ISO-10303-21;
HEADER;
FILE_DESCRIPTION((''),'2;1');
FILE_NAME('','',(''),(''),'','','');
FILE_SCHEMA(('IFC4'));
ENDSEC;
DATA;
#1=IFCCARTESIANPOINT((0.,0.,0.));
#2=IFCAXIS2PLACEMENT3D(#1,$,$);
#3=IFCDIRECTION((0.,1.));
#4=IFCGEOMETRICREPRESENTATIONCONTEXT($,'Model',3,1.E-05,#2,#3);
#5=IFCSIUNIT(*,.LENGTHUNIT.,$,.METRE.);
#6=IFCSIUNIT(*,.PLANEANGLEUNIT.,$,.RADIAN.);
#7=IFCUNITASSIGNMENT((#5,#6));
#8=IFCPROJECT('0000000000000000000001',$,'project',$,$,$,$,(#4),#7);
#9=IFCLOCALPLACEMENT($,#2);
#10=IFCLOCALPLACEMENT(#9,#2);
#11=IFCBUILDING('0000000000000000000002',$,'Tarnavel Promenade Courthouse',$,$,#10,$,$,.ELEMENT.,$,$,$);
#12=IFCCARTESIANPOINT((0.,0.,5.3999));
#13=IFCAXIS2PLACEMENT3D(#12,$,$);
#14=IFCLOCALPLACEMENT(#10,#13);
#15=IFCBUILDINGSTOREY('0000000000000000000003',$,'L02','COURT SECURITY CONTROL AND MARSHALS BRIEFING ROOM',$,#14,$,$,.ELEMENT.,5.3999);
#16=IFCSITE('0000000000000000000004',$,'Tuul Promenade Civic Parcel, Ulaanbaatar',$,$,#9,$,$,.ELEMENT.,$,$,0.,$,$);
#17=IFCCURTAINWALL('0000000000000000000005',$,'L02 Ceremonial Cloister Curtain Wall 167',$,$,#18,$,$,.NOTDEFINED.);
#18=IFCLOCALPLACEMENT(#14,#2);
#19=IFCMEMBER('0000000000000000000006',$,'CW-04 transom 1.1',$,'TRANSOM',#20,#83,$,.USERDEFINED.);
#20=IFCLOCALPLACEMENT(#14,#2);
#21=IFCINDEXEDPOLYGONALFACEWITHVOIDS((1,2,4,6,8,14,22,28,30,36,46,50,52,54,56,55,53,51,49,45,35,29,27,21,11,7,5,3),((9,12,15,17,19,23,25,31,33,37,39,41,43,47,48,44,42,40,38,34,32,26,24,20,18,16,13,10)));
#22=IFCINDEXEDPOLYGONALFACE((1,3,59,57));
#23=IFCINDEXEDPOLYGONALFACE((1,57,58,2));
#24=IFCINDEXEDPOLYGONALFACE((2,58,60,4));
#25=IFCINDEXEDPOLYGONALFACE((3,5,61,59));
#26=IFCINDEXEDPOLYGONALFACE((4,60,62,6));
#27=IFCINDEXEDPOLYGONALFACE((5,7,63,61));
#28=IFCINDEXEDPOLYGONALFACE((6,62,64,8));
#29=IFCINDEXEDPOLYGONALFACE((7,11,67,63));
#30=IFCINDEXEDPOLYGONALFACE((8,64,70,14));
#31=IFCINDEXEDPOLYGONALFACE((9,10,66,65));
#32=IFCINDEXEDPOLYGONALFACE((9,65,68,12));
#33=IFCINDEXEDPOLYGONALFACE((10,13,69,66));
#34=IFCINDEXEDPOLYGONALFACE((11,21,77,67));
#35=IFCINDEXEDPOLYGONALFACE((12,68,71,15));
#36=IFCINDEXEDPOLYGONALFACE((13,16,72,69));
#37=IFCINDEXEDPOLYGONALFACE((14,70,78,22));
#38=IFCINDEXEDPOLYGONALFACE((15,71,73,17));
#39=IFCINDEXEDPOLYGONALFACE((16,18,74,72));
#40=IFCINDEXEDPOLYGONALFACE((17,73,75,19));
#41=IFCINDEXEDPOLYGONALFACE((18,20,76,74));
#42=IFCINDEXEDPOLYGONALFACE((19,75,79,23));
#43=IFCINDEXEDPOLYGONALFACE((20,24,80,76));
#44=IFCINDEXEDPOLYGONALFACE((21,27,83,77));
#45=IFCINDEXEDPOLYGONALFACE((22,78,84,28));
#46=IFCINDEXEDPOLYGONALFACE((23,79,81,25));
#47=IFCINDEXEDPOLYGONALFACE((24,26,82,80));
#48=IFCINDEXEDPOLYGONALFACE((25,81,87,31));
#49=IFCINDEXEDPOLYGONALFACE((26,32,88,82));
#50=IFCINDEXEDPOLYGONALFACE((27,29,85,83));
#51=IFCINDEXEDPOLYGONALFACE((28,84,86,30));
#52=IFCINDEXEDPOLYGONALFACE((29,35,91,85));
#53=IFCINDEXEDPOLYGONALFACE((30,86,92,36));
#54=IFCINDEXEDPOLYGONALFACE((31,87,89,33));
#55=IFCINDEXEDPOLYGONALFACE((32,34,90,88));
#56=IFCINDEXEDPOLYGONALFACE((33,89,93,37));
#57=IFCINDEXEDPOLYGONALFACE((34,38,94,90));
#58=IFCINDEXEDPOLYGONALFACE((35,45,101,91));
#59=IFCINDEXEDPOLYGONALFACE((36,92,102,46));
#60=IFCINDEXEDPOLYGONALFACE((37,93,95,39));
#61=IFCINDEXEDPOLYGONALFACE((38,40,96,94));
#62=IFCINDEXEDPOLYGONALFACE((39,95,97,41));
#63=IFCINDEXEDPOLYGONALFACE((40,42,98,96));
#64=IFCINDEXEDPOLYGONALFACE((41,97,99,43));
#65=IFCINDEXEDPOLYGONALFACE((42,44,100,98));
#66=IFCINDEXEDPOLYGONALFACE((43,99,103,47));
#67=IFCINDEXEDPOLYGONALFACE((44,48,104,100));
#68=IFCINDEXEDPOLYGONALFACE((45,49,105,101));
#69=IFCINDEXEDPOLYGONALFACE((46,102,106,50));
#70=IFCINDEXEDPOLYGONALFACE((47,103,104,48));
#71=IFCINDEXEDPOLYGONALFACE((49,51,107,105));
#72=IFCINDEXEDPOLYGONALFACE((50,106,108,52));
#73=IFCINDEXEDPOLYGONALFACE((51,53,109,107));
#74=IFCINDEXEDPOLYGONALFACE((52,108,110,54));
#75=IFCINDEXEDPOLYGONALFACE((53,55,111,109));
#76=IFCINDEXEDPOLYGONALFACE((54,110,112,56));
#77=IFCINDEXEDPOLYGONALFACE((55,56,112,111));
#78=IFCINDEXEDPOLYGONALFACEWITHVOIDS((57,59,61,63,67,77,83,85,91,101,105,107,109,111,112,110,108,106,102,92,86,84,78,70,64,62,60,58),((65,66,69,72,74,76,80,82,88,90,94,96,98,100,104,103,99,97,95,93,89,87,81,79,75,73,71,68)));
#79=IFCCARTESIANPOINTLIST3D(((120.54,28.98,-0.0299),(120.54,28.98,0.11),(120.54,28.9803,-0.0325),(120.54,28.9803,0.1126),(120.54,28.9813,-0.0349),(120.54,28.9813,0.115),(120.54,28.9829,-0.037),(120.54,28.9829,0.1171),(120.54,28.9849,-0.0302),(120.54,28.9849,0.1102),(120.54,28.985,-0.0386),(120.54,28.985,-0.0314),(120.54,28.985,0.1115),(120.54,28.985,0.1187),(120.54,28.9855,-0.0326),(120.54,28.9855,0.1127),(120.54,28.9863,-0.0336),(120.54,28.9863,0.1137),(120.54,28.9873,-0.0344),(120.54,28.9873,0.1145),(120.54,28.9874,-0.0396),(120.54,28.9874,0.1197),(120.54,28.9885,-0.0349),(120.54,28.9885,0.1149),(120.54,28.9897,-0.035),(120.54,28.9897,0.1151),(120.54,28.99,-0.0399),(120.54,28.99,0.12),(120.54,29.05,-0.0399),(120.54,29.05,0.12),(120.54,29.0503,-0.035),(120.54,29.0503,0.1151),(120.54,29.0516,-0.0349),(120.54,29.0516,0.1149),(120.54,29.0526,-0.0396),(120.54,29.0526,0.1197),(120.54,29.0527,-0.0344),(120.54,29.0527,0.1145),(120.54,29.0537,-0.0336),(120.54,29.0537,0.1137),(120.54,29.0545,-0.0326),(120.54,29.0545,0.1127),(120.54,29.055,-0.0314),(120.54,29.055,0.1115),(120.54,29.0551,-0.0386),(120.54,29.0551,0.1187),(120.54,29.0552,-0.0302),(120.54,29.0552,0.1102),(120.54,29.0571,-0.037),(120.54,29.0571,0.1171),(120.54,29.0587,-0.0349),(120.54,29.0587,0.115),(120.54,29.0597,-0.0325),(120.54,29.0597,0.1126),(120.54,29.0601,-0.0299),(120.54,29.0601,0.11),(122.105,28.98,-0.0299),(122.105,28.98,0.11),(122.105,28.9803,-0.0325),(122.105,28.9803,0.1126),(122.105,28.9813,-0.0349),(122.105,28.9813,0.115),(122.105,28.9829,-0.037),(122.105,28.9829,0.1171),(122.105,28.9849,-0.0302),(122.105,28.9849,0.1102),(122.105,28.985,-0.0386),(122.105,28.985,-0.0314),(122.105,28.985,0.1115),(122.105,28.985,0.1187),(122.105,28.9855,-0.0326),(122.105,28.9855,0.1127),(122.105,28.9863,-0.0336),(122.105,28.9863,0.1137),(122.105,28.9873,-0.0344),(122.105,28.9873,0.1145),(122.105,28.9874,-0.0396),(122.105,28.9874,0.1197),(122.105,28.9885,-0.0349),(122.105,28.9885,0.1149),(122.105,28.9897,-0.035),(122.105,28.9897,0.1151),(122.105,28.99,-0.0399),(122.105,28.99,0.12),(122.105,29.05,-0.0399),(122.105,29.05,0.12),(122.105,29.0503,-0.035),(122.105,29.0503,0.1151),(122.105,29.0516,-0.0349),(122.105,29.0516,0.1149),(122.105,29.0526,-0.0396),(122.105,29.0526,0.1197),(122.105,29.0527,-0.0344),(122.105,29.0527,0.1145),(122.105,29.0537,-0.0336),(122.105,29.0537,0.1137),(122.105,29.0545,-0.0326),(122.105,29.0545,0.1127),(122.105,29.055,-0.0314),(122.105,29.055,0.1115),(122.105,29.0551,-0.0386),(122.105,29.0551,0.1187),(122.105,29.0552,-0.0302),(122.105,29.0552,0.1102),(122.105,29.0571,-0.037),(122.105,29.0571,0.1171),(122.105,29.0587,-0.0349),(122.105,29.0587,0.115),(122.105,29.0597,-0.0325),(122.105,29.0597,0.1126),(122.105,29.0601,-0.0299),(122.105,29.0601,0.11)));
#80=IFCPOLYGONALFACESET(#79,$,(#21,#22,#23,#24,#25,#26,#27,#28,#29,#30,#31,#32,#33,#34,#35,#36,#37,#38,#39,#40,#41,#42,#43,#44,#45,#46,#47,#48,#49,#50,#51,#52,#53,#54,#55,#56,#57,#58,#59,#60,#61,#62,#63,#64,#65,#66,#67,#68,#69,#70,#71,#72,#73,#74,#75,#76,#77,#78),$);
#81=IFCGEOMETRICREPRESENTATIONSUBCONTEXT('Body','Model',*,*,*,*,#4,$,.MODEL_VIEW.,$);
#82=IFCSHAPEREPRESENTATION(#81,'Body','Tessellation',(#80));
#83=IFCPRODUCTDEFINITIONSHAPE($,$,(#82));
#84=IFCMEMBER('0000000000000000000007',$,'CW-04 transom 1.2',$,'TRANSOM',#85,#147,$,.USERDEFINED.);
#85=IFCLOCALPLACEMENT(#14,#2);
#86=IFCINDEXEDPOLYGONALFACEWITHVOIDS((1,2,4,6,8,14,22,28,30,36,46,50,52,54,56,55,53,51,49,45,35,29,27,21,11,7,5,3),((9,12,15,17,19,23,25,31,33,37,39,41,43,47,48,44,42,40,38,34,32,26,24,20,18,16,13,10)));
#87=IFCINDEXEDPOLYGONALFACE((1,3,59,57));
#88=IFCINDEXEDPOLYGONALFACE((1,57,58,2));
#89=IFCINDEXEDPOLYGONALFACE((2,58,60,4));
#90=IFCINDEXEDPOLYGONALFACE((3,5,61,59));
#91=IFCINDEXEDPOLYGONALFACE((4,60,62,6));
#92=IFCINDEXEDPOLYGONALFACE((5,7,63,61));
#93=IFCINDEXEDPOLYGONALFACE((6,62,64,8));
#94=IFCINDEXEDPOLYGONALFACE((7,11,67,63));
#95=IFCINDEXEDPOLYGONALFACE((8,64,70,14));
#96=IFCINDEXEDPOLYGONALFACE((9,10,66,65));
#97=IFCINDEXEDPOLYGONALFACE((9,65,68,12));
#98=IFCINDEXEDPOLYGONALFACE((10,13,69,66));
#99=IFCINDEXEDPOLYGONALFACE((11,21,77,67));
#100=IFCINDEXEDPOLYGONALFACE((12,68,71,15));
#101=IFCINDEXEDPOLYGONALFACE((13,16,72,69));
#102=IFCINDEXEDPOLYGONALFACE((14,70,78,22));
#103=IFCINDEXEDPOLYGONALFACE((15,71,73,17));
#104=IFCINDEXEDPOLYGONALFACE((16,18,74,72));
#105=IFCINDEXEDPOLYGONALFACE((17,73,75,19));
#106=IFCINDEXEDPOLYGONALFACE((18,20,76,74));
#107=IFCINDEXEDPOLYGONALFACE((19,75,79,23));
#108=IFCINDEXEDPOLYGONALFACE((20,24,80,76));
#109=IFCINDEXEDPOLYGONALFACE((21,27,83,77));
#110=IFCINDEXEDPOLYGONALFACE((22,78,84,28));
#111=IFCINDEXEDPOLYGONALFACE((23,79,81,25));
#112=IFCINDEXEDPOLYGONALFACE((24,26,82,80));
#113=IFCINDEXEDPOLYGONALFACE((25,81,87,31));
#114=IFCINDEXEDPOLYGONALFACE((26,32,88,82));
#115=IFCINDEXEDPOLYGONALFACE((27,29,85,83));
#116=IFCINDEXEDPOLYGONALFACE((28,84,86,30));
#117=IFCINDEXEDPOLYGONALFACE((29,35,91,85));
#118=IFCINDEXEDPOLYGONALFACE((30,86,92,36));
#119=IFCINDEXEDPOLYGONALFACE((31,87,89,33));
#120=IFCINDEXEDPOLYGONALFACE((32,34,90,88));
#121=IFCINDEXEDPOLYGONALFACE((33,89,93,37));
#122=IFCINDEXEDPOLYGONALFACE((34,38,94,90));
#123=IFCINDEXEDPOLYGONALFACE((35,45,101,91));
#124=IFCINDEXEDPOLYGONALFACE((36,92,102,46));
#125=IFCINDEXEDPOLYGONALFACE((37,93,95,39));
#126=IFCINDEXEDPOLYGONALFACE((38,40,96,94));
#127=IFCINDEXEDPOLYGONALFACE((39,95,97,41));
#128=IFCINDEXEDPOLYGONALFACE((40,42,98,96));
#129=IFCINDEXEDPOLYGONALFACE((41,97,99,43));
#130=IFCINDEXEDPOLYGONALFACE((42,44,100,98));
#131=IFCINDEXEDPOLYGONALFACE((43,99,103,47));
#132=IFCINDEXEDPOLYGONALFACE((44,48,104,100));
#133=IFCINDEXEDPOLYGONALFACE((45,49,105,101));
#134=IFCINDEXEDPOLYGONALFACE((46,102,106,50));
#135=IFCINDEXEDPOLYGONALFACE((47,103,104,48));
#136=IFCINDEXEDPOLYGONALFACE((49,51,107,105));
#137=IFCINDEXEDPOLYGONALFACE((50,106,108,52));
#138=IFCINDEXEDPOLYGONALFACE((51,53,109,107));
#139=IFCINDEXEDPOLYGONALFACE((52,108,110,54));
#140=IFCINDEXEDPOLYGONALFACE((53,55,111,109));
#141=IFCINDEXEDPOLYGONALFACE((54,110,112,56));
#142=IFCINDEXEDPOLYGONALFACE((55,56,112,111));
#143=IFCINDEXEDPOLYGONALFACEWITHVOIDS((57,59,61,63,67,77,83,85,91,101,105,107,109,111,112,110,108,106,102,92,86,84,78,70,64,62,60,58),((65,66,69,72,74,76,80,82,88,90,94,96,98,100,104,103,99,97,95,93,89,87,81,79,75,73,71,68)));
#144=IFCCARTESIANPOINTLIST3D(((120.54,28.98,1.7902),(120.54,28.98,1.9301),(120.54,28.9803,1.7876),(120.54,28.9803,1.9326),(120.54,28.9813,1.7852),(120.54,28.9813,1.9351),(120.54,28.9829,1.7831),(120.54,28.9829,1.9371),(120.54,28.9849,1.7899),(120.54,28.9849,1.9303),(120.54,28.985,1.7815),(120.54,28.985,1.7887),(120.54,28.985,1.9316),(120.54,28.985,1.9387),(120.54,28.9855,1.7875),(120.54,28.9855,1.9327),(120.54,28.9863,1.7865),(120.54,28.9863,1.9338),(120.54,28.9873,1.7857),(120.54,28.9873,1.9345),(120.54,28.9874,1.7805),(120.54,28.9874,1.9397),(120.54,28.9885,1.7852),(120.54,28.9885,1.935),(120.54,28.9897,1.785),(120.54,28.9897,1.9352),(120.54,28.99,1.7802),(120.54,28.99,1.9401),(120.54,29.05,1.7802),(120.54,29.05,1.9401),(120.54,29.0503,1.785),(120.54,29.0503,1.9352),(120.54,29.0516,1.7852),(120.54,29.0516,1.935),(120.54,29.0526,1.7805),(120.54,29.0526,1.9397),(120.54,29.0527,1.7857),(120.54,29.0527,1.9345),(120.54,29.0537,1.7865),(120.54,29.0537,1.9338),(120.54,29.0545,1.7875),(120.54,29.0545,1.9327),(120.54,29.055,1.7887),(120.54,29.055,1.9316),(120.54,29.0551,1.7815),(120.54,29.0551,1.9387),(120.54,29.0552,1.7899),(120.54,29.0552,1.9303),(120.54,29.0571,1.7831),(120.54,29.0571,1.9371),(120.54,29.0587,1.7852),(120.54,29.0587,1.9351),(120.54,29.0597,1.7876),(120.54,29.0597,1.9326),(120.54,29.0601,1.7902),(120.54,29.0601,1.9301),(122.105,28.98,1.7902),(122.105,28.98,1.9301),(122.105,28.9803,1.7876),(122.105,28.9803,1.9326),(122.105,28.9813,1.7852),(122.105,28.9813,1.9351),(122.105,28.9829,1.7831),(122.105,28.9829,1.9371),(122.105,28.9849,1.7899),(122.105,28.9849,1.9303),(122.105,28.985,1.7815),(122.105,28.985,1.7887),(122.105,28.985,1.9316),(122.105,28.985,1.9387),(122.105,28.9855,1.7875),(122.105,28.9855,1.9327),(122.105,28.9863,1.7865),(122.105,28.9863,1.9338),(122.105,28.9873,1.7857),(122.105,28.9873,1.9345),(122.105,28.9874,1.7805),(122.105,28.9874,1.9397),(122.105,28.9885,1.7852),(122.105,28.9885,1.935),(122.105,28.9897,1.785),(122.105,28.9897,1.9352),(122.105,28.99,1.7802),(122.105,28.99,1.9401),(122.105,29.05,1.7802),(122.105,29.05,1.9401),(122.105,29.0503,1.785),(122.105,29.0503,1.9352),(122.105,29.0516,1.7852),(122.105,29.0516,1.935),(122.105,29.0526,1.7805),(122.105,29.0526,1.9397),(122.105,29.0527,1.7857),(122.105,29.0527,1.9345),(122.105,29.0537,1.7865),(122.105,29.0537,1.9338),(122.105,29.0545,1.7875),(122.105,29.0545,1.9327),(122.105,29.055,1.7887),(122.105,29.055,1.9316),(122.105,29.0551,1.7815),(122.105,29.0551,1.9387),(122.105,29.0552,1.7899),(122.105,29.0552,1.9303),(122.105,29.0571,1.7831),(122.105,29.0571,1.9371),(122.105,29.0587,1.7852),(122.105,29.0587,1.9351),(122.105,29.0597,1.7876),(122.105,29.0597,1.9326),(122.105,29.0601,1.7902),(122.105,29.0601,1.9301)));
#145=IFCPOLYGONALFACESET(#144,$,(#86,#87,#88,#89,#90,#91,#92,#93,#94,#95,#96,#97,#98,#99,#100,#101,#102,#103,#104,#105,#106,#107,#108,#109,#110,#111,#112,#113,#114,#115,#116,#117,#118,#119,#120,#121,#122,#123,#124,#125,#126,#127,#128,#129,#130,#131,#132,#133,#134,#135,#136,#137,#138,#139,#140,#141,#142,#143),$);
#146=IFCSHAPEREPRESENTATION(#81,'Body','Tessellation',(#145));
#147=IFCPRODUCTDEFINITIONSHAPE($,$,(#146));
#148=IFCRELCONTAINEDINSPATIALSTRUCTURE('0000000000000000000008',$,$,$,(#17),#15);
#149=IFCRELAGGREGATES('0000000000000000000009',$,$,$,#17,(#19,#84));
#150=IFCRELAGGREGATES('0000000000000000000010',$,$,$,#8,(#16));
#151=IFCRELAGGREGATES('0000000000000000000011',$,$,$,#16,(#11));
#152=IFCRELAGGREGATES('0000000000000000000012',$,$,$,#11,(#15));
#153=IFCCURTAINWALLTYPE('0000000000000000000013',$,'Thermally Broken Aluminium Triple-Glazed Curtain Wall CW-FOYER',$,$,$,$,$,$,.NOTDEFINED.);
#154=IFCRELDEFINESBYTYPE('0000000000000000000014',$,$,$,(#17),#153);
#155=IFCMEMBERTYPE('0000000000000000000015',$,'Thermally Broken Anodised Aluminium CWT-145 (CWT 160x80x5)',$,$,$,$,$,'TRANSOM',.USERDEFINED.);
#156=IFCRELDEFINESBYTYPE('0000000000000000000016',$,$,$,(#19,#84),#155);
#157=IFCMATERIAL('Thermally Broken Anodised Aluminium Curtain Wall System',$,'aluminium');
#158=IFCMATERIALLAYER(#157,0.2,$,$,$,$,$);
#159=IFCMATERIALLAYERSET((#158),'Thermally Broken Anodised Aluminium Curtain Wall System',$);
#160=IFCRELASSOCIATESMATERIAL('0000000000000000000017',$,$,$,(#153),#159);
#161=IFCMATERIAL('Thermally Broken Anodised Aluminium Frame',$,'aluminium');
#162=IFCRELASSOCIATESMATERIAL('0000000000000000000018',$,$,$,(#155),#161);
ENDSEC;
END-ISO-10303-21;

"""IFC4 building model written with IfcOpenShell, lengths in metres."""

from ifc_helpers import new_model, si_unit, direction, frame, origin, origin_2d, place, context, subcontext, project, spatial, hollow_rectangle, extrude, material, layer, layer_set, material_profile, profile_set, type_object, element, aggregate, save


model = new_model("IFC4")

# Units and contexts
model_context = context("Model", 3, precision=1e-05, world=origin(), true_north=direction((0.0, 1.0)))
body_context = subcontext(model_context, "Body", "Model", "MODEL_VIEW")
ifc_project = project(units=[si_unit("LENGTHUNIT", "METRE"), si_unit("PLANEANGLEUNIT", "RADIAN")], contexts=[model_context])

# Site, building, storey
site_placement = place(None, origin())
site = spatial("IfcSite", under=ifc_project, at=site_placement, Name="Tuul Promenade Civic Parcel, Ulaanbaatar", CompositionType="ELEMENT", RefElevation=0.0)
building_placement = place(site_placement, origin())
building = spatial("IfcBuilding", under=site, at=building_placement, Name="Tarnavel Promenade Courthouse", CompositionType="ELEMENT")
storey_placement = place(building_placement, frame((0.0, 0.0, 5.3999)))
storey = spatial("IfcBuildingStorey", under=building, at=storey_placement, Name="L02", Description="COURT SECURITY CONTROL AND MARSHALS BRIEFING ROOM", CompositionType="ELEMENT", Elevation=5.3999)

# Curtain wall
ifc_material_1 = material(Name="Thermally Broken Anodised Aluminium Curtain Wall System", Category="aluminium")
ifc_layer_1 = layer(ifc_material_1, 0.2)
ifc_layer_set_1 = layer_set([ifc_layer_1], Name="Thermally Broken Anodised Aluminium Curtain Wall System")
curtain_wall_type = type_object("IfcCurtainWallType", Name="Thermally Broken Aluminium Triple-Glazed Curtain Wall CW-FOYER", PredefinedType="NOTDEFINED", material=ifc_layer_set_1)
curtain_wall_1_placement = place(storey_placement, origin())
curtain_wall_1 = element("IfcCurtainWall", 1, at=curtain_wall_1_placement, inside=storey, type_object=curtain_wall_type, Name="L02 Ceremonial Cloister Curtain Wall 167", PredefinedType="NOTDEFINED")
ifc_material_2 = material(Name="Thermally Broken Anodised Aluminium Frame", Category="aluminium")

# Members
ifc_material_profile_1 = material_profile(ifc_material_2, hollow_rectangle(XDim=0.0801, YDim=0.1599, WallThickness=0.0049, InnerFilletRadius=0.0049, OuterFilletRadius=0.01, at=origin_2d()), Name="CWT 160x80x5")
ifc_profile_set_1 = profile_set([ifc_material_profile_1], Name="Thermally Broken Anodised Aluminium Frame")
member_type_1 = type_object("IfcMemberType", Name="Thermally Broken Anodised Aluminium CWT-145 (CWT 160x80x5)", ElementType="TRANSOM", PredefinedType="USERDEFINED", material=ifc_profile_set_1)
member_1_placement = place(storey_placement, frame((120.54, 29.02, 0.04), z_axis=(1.0, 0.0, 0.0), x_axis=(0.0, 1.0, 0.0)))
member_1 = element("IfcMember", 2, at=member_1_placement, type_object=member_type_1, Name="CW-04 transom 1.1", ObjectType="TRANSOM", PredefinedType="USERDEFINED", context=body_context, shape_type="SweptSolid", body=[
    extrude(hollow_rectangle(XDim=0.0801, YDim=0.1599, WallThickness=0.0049, InnerFilletRadius=0.0049, OuterFilletRadius=0.01, at=origin_2d()), origin(), (0.0, 0.0, 1.0), 1.5649),
])
member_2_placement = place(storey_placement, frame((120.54, 29.02, 1.8601), z_axis=(1.0, 0.0, 0.0), x_axis=(0.0, 1.0, 0.0)))
member_2 = element("IfcMember", 3, at=member_2_placement, type_object=member_type_1, Name="CW-04 transom 1.2", ObjectType="TRANSOM", PredefinedType="USERDEFINED", context=body_context, shape_type="SweptSolid", body=[
    extrude(hollow_rectangle(XDim=0.0801, YDim=0.1599, WallThickness=0.0049, InnerFilletRadius=0.0049, OuterFilletRadius=0.01, at=origin_2d()), origin(), (0.0, 0.0, 1.0), 1.5649),
])

aggregate(curtain_wall_1, [member_1, member_2])

save(model, "model.ifc")
